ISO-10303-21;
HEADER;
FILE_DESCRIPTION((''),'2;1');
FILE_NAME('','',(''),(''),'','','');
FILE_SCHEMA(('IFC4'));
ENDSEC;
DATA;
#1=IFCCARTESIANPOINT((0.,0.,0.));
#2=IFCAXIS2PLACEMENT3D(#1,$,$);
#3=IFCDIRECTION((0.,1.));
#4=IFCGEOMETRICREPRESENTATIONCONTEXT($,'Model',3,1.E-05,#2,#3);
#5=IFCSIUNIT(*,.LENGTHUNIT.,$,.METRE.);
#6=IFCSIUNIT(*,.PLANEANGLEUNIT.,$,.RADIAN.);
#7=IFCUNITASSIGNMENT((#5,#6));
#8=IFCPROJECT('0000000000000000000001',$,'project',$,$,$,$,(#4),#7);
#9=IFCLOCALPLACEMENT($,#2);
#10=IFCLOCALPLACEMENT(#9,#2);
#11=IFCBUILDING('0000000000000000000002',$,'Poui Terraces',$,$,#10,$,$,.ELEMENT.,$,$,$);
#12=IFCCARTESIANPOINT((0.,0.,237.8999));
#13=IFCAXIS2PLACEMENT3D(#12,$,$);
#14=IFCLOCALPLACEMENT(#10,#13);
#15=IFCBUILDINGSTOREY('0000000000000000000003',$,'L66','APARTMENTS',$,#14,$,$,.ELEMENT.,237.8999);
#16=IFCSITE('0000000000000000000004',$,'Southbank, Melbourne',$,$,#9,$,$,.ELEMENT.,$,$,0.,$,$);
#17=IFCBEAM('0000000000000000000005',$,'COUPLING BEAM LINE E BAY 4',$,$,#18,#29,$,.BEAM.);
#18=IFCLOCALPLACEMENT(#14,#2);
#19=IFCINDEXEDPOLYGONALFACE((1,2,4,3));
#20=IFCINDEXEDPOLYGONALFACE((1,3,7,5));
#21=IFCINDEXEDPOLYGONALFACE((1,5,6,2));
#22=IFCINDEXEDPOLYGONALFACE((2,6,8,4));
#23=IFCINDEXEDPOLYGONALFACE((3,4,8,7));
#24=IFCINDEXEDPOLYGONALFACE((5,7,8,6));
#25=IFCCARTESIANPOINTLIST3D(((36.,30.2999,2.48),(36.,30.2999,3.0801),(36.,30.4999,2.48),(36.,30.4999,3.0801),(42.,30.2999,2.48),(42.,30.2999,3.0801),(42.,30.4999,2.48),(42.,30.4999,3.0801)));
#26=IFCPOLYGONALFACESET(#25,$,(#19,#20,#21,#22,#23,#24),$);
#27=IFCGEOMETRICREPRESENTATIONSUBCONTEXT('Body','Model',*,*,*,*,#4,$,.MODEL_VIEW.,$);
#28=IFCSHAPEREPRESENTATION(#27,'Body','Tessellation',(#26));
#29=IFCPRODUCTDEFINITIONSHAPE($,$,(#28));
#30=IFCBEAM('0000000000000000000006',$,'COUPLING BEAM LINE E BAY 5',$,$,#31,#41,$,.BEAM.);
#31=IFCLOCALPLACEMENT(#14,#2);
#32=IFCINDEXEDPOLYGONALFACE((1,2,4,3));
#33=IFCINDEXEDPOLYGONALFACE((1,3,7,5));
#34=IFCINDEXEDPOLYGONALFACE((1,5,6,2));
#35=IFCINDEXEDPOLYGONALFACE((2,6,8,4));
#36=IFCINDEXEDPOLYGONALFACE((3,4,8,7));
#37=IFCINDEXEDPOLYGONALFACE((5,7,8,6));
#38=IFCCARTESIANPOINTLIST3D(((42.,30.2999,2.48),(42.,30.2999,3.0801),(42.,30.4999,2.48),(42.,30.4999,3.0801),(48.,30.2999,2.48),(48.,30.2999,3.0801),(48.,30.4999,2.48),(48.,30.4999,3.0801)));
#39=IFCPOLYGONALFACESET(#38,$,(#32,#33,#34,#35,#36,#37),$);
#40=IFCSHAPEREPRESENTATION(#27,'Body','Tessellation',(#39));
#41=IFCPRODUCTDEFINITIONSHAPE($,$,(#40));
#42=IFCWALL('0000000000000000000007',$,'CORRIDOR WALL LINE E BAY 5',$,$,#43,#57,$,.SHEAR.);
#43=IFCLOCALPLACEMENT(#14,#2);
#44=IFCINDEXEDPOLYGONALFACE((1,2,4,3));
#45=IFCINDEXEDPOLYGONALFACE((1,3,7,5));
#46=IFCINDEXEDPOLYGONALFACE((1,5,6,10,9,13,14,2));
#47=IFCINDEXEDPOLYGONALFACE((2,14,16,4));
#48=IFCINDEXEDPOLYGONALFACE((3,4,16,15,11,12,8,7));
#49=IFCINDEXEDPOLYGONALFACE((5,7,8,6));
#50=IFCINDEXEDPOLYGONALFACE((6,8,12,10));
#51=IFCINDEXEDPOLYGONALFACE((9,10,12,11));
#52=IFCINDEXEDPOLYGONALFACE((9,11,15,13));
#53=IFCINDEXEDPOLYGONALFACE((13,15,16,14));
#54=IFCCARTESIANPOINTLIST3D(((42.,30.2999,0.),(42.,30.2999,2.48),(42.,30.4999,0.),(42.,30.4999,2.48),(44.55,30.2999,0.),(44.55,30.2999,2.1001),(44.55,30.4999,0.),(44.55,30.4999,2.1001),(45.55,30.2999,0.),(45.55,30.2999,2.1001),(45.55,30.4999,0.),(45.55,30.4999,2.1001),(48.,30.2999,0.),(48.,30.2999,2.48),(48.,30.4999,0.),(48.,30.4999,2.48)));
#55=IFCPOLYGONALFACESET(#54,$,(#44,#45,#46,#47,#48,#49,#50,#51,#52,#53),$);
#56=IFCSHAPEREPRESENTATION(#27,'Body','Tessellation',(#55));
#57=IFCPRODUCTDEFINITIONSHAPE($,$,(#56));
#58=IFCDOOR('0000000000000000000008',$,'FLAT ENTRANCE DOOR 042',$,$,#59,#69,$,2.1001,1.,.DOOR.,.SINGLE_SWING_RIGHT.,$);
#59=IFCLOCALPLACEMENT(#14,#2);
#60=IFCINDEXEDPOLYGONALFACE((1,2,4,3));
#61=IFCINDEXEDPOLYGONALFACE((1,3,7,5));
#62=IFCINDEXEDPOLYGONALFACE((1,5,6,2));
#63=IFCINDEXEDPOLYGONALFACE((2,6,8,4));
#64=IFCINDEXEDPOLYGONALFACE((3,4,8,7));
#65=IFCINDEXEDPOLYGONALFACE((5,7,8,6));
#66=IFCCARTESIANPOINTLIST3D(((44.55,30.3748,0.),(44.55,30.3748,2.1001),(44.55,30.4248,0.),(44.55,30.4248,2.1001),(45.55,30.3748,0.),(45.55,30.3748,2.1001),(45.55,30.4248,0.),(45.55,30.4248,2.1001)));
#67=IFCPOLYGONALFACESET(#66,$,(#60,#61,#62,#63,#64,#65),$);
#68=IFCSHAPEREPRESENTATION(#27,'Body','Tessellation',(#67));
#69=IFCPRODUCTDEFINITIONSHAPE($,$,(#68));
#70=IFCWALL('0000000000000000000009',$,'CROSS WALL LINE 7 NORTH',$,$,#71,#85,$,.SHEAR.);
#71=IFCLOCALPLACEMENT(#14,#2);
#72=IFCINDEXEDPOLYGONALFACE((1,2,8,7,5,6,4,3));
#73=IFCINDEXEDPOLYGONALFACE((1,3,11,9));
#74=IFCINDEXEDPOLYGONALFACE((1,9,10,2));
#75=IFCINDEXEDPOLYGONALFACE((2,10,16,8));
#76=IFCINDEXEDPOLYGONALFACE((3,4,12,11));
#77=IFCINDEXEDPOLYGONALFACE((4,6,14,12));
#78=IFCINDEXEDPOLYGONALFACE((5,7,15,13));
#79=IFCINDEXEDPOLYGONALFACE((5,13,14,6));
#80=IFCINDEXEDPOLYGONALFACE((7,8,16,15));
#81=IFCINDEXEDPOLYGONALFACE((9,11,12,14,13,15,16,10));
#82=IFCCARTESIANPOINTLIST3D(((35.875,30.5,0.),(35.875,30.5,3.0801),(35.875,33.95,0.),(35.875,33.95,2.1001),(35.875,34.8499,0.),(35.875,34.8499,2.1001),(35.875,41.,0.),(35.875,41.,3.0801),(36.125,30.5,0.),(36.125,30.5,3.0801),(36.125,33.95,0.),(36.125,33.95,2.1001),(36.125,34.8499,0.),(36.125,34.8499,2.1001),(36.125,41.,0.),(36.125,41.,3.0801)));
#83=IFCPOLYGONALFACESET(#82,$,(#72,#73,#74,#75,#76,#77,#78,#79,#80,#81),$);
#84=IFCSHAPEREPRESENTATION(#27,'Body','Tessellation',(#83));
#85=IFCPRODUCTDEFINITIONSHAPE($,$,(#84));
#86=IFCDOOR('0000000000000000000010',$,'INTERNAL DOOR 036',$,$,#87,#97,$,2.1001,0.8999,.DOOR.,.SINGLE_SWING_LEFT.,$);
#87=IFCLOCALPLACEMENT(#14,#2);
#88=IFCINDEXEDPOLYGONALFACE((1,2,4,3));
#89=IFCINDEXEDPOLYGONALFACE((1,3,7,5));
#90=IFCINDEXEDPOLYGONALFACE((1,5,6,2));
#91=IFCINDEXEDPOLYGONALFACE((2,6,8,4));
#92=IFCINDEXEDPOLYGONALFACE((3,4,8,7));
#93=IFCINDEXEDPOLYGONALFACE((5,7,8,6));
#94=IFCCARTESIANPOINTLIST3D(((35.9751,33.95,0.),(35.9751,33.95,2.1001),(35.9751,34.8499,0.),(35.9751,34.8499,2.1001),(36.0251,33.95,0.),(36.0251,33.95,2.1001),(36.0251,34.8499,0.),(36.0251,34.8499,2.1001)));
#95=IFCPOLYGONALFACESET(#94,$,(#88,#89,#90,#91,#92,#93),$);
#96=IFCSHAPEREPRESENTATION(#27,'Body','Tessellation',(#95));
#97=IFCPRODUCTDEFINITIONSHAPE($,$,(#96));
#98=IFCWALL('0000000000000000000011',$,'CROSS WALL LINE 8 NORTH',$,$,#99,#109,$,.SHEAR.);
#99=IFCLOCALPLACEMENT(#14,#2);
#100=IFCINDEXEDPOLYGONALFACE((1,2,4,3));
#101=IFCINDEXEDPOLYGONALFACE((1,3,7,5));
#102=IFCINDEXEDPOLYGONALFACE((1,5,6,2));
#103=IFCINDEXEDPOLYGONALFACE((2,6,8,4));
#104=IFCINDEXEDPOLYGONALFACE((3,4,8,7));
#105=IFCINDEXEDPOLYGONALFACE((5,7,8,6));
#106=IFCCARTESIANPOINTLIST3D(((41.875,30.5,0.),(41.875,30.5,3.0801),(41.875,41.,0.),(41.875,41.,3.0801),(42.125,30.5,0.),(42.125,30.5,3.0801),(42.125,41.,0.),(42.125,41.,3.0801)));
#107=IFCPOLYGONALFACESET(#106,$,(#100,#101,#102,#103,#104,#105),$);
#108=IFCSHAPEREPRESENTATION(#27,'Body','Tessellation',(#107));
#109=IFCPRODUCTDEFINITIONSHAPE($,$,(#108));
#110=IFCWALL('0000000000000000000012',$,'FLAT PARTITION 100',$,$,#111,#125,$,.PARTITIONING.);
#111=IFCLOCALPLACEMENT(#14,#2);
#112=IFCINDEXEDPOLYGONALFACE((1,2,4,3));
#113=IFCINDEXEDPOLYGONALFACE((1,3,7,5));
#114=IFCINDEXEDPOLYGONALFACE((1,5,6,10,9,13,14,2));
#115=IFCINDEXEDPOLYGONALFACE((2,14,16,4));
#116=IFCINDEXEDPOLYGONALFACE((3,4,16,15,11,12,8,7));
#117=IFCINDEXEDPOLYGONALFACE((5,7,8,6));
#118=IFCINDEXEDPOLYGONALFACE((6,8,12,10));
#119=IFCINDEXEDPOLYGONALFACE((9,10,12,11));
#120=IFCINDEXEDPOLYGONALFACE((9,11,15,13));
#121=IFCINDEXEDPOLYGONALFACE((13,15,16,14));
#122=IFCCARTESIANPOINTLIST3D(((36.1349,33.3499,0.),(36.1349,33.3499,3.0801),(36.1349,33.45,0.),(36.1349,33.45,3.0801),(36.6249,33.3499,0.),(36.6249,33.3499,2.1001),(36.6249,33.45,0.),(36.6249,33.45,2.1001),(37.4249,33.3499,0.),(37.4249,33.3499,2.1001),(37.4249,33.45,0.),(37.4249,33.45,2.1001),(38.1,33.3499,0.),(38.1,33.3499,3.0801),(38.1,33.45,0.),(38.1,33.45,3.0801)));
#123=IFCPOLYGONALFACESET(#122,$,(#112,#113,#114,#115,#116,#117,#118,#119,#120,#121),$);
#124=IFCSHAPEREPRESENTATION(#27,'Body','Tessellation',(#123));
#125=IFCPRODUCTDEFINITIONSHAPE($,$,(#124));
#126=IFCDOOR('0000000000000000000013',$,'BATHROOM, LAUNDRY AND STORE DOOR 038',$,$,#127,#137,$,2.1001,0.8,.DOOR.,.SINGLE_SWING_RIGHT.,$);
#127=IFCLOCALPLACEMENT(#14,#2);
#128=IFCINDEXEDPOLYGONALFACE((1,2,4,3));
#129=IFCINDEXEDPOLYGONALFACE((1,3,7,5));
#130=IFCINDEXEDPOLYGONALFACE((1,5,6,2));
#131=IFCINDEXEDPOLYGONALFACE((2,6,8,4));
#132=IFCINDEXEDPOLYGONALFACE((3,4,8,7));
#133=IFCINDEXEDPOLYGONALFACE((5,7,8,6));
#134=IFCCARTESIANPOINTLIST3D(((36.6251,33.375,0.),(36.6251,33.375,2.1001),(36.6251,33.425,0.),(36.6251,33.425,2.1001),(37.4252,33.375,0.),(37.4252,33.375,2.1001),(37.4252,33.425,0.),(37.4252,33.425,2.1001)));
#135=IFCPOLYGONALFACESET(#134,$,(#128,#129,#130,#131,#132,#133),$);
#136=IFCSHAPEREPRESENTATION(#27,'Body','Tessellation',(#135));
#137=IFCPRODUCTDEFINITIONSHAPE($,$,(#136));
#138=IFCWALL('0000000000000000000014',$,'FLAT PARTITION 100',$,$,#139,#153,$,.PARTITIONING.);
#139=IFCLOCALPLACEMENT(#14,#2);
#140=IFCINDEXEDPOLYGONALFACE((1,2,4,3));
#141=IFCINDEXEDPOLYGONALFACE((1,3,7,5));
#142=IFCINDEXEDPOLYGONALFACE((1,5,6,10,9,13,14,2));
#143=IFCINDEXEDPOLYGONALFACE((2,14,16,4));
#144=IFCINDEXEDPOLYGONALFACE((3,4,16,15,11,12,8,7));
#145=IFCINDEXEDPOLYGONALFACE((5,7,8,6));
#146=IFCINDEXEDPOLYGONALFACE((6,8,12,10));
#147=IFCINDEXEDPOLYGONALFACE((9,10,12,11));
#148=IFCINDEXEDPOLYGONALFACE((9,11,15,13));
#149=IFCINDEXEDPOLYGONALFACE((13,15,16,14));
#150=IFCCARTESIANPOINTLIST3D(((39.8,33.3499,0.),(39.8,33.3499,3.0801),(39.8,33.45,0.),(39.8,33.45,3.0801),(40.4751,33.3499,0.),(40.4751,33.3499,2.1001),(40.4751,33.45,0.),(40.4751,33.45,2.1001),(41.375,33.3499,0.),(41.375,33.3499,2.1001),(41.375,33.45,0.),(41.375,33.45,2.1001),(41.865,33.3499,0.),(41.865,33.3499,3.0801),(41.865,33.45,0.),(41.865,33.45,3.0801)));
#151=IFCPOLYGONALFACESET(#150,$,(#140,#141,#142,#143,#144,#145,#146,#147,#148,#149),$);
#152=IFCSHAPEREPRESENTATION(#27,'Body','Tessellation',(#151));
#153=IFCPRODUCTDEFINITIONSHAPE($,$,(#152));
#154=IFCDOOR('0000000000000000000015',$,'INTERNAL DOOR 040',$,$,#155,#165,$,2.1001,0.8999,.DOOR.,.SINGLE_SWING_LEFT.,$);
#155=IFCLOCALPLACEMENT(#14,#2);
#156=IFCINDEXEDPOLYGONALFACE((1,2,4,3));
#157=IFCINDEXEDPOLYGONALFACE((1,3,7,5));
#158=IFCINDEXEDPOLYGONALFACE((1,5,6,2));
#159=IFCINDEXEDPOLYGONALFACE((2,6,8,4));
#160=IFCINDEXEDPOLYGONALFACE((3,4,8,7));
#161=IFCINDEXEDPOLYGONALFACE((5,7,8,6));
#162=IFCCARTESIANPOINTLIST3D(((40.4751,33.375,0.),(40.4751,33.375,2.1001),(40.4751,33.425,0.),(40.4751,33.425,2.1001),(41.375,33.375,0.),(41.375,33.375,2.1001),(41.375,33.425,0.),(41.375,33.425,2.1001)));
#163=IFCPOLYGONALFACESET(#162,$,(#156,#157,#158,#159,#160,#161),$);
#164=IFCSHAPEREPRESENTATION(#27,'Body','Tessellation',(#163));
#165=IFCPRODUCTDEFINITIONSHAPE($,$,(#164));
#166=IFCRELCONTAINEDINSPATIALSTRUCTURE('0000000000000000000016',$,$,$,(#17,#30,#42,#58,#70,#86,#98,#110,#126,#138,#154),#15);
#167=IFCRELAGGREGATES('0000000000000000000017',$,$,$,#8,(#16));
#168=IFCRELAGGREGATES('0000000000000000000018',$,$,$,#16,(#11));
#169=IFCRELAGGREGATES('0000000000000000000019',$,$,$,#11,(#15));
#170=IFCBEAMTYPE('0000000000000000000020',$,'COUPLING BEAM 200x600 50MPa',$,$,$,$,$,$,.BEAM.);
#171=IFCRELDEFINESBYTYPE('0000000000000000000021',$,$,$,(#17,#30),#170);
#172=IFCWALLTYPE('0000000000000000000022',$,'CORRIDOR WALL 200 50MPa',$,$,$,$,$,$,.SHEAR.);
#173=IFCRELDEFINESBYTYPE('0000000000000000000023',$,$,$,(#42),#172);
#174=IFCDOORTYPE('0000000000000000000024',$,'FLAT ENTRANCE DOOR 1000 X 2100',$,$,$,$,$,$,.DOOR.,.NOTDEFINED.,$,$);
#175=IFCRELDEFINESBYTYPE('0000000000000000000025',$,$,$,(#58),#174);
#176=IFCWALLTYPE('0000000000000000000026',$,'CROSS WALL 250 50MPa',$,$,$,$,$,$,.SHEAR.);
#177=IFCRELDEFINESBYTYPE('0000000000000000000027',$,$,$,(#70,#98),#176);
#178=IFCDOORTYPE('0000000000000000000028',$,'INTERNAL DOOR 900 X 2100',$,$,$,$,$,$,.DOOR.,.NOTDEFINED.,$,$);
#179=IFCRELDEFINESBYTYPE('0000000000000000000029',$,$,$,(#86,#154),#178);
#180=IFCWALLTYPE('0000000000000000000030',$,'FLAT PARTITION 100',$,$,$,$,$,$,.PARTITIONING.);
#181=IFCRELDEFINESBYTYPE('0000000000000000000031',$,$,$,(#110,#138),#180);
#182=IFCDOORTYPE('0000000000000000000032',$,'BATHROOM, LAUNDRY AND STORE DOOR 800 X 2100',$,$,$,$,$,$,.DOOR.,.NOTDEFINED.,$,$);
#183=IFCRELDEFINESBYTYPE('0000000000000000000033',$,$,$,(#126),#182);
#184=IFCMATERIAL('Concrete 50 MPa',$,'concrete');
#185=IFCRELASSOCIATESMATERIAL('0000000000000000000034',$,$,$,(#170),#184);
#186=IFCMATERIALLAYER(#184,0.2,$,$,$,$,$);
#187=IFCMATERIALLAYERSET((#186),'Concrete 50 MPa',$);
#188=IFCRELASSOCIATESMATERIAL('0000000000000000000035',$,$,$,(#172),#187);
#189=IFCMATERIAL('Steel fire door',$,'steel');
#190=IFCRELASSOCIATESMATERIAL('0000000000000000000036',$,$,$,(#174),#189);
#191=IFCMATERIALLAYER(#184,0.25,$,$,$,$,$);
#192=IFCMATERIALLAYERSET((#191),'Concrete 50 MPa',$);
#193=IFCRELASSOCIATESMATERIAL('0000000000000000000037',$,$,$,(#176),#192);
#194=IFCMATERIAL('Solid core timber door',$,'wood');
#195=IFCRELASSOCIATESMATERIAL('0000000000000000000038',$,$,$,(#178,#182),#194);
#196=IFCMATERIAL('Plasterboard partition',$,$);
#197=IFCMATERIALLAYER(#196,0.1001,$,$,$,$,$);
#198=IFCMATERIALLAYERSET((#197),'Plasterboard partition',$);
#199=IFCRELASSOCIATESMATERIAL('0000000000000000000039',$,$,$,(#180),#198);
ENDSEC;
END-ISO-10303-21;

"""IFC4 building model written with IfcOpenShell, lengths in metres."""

from ifc_helpers import new_model, si_unit, direction, frame, frame_2d, origin, origin_2d, place, context, subcontext, project, spatial, rectangle, extrude, source, transform, mapped, material, layer, layer_set, material_profile, profile_set, type_object, element, fill, save


model = new_model("IFC4")

# Units and contexts
model_context = context("Model", 3, precision=1e-05, world=origin(), true_north=direction((0.0, 1.0)))
body_context = subcontext(model_context, "Body", "Model", "MODEL_VIEW")
ifc_project = project(units=[si_unit("LENGTHUNIT", "METRE"), si_unit("PLANEANGLEUNIT", "RADIAN")], contexts=[model_context])

# Site, building, storey
site_placement = place(None, origin())
site = spatial("IfcSite", under=ifc_project, at=site_placement, Name="Southbank, Melbourne", CompositionType="ELEMENT", RefElevation=0.0)
building_placement = place(site_placement, origin())
building = spatial("IfcBuilding", under=site, at=building_placement, Name="Poui Terraces", CompositionType="ELEMENT")
storey_placement = place(building_placement, frame((0.0, 0.0, 237.8999)))
storey = spatial("IfcBuildingStorey", under=building, at=storey_placement, Name="L66", Description="APARTMENTS", CompositionType="ELEMENT", Elevation=237.8999)

# Beams
ifc_material_1 = material(Name="Concrete 50 MPa", Category="concrete")
ifc_material_profile_1 = material_profile(ifc_material_1, rectangle(XDim=0.2, YDim=0.6001, at=origin_2d()), Name="RC 200x600")
ifc_profile_set_1 = profile_set([ifc_material_profile_1], Name="Concrete 50 MPa")
beam_type = type_object("IfcBeamType", Name="COUPLING BEAM 200x600 50MPa", PredefinedType="BEAM", material=ifc_profile_set_1)
shared_shape_1 = source(origin(), body_context, "Body", "SweptSolid", [
    extrude(rectangle(XDim=0.2, YDim=0.6001, at=origin_2d()), origin(), (0.0, 0.0, 1.0), 6.0),
])
for number, where, z_axis, x_axis, name in (
    (1, (36.0, 30.3999, 2.78), (1.0, 0.0, 0.0), (0.0, 1.0, 0.0), "COUPLING BEAM LINE E BAY 4"),
    (2, (42.0, 30.3999, 2.78), (1.0, 0.0, 0.0), (0.0, 1.0, 0.0), "COUPLING BEAM LINE E BAY 5"),
):
    element("IfcBeam", number, at=place(storey_placement, frame(where, z_axis=z_axis, x_axis=x_axis)), inside=storey, type_object=beam_type, Name=name, PredefinedType="BEAM", context=body_context, shape_type="MappedRepresentation", body=[
        mapped(shared_shape_1, transform((0.0, 0.0, 0.0))),
    ])

# Walls, openings, doors
ifc_layer_1 = layer(ifc_material_1, 0.2)
ifc_layer_set_1 = layer_set([ifc_layer_1], Name="Concrete 50 MPa")
wall_type_1 = type_object("IfcWallType", Name="CORRIDOR WALL 200 50MPa", PredefinedType="SHEAR", material=ifc_layer_set_1)
wall_1_placement = place(storey_placement, frame((42.0, 30.3999, 0.0), z_axis=(0.0, 0.0, 1.0), x_axis=(1.0, 0.0, 0.0)))
wall_1 = element("IfcWall", 3, at=wall_1_placement, inside=storey, type_object=wall_type_1, Name="CORRIDOR WALL LINE E BAY 5", PredefinedType="SHEAR", context=body_context, shape_type="SweptSolid", body=[
    extrude(rectangle(XDim=6.0, YDim=0.2, at=frame_2d((3.0, 0.0))), origin(), (0.0, 0.0, 1.0), 2.48),
])
opening_1_placement = place(wall_1_placement, frame((2.55, 0.0, 0.0)))
opening_1 = element("IfcOpeningElement", 4, at=opening_1_placement, cuts=wall_1, PredefinedType="OPENING", context=body_context, shape_type="SweptSolid", body=[
    extrude(rectangle(XDim=1.0, YDim=2.1001, at=frame_2d((0.5, 1.05))), frame((0.0, 0.1099, 0.0), z_axis=(0.0, -1.0, 0.0), x_axis=(1.0, 0.0, 0.0)), (0.0, 0.0, 1.0), 0.22),
])
ifc_material_2 = material(Name="Steel fire door", Category="steel")
door_type_1 = type_object("IfcDoorType", Name="FLAT ENTRANCE DOOR 1000 X 2100", OperationType="NOTDEFINED", PredefinedType="DOOR", material=ifc_material_2)
door_1_placement = place(opening_1_placement, origin())
door_1 = element("IfcDoor", 5, at=door_1_placement, inside=storey, type_object=door_type_1, Name="FLAT ENTRANCE DOOR 042", OperationType="SINGLE_SWING_RIGHT", OverallHeight=2.1001, OverallWidth=1.0, PredefinedType="DOOR", context=body_context, shape_type="SweptSolid", body=[
    extrude(rectangle(XDim=1.0, YDim=2.1001, at=frame_2d((0.5, 1.05))), frame((0.0, 0.0249, 0.0), z_axis=(0.0, -1.0, 0.0), x_axis=(1.0, 0.0, 0.0)), (0.0, 0.0, 1.0), 0.05),
])
fill(opening_1, door_1)
ifc_layer_2 = layer(ifc_material_1, 0.25)
ifc_layer_set_2 = layer_set([ifc_layer_2], Name="Concrete 50 MPa")
wall_type_2 = type_object("IfcWallType", Name="CROSS WALL 250 50MPa", PredefinedType="SHEAR", material=ifc_layer_set_2)
wall_2_placement = place(storey_placement, frame((36.0, 30.5, 0.0), z_axis=(0.0, 0.0, 1.0), x_axis=(0.0, 1.0, 0.0)))
wall_2 = element("IfcWall", 6, at=wall_2_placement, inside=storey, type_object=wall_type_2, Name="CROSS WALL LINE 7 NORTH", PredefinedType="SHEAR", context=body_context, shape_type="SweptSolid", body=[
    extrude(rectangle(XDim=10.5, YDim=0.25, at=frame_2d((5.25, 0.0))), origin(), (0.0, 0.0, 1.0), 3.0801),
])
opening_2_placement = place(wall_2_placement, frame((3.45, 0.0, 0.0)))
opening_2 = element("IfcOpeningElement", 7, at=opening_2_placement, cuts=wall_2, PredefinedType="OPENING", context=body_context, shape_type="SweptSolid", body=[
    extrude(rectangle(XDim=0.8999, YDim=2.1001, at=frame_2d((0.45, 1.05))), frame((0.0, 0.135, 0.0), z_axis=(0.0, -1.0, 0.0), x_axis=(1.0, 0.0, 0.0)), (0.0, 0.0, 1.0), 0.27),
])
ifc_material_3 = material(Name="Solid core timber door", Category="wood")
door_type_2 = type_object("IfcDoorType", Name="INTERNAL DOOR 900 X 2100", OperationType="NOTDEFINED", PredefinedType="DOOR", material=ifc_material_3)
door_2_placement = place(opening_2_placement, origin())
door_2 = element("IfcDoor", 8, at=door_2_placement, inside=storey, type_object=door_type_2, Name="INTERNAL DOOR 036", OperationType="SINGLE_SWING_LEFT", OverallHeight=2.1001, OverallWidth=0.8999, PredefinedType="DOOR", context=body_context, shape_type="SweptSolid", body=[
    extrude(rectangle(XDim=0.8999, YDim=2.1001, at=frame_2d((0.45, 1.05))), frame((0.0, 0.0249, 0.0), z_axis=(0.0, -1.0, 0.0), x_axis=(1.0, 0.0, 0.0)), (0.0, 0.0, 1.0), 0.05),
])
fill(opening_2, door_2)

# Wall
wall_3_placement = place(storey_placement, frame((42.0, 30.5, 0.0), z_axis=(0.0, 0.0, 1.0), x_axis=(0.0, 1.0, 0.0)))
element("IfcWall", 9, at=wall_3_placement, inside=storey, type_object=wall_type_2, Name="CROSS WALL LINE 8 NORTH", PredefinedType="SHEAR", context=body_context, shape_type="SweptSolid", body=[
    extrude(rectangle(XDim=10.5, YDim=0.25, at=frame_2d((5.25, 0.0))), origin(), (0.0, 0.0, 1.0), 3.0801),
])

# Walls, openings, doors
ifc_material_4 = material(Name="Plasterboard partition")
ifc_layer_3 = layer(ifc_material_4, 0.1001)
ifc_layer_set_3 = layer_set([ifc_layer_3], Name="Plasterboard partition")
wall_type_3 = type_object("IfcWallType", Name="FLAT PARTITION 100", PredefinedType="PARTITIONING", material=ifc_layer_set_3)
wall_4_placement = place(storey_placement, frame((36.135, 33.3999, 0.0), z_axis=(0.0, 0.0, 1.0), x_axis=(1.0, 0.0, 0.0)))
wall_4 = element("IfcWall", 10, at=wall_4_placement, inside=storey, type_object=wall_type_3, Name="FLAT PARTITION 100", PredefinedType="PARTITIONING", context=body_context, shape_type="SweptSolid", body=[
    extrude(rectangle(XDim=1.9651, YDim=0.1001, at=frame_2d((0.9824, 0.0))), origin(), (0.0, 0.0, 1.0), 3.0801),
])
opening_3_placement = place(wall_4_placement, frame((0.49, 0.0, 0.0)))
opening_3 = element("IfcOpeningElement", 11, at=opening_3_placement, cuts=wall_4, PredefinedType="OPENING", context=body_context, shape_type="SweptSolid", body=[
    extrude(rectangle(XDim=0.8, YDim=2.1001, at=frame_2d((0.3999, 1.05))), frame((0.0, 0.0601, 0.0), z_axis=(0.0, -1.0, 0.0), x_axis=(1.0, 0.0, 0.0)), (0.0, 0.0, 1.0), 0.1201),
])
door_type_3 = type_object("IfcDoorType", Name="BATHROOM, LAUNDRY AND STORE DOOR 800 X 2100", OperationType="NOTDEFINED", PredefinedType="DOOR", material=ifc_material_3)
door_3_placement = place(opening_3_placement, frame((0.8, 0.0, 0.0), z_axis=(0.0, 0.0, 1.0), x_axis=(-1.0, 0.0, 0.0)))
door_3 = element("IfcDoor", 12, at=door_3_placement, inside=storey, type_object=door_type_3, Name="BATHROOM, LAUNDRY AND STORE DOOR 038", OperationType="SINGLE_SWING_RIGHT", OverallHeight=2.1001, OverallWidth=0.8, PredefinedType="DOOR", context=body_context, shape_type="SweptSolid", body=[
    extrude(rectangle(XDim=0.8, YDim=2.1001, at=frame_2d((0.3999, 1.05))), frame((0.0, 0.0249, 0.0), z_axis=(0.0, -1.0, 0.0), x_axis=(1.0, 0.0, 0.0)), (0.0, 0.0, 1.0), 0.05),
])
fill(opening_3, door_3)
wall_5_placement = place(storey_placement, frame((39.8, 33.3999, 0.0), z_axis=(0.0, 0.0, 1.0), x_axis=(1.0, 0.0, 0.0)))
wall_5 = element("IfcWall", 13, at=wall_5_placement, inside=storey, type_object=wall_type_3, Name="FLAT PARTITION 100", PredefinedType="PARTITIONING", context=body_context, shape_type="SweptSolid", body=[
    extrude(rectangle(XDim=2.0649, YDim=0.1001, at=frame_2d((1.0325, 0.0))), origin(), (0.0, 0.0, 1.0), 3.0801),
])
opening_4_placement = place(wall_5_placement, frame((0.675, 0.0, 0.0)))
opening_4 = element("IfcOpeningElement", 14, at=opening_4_placement, cuts=wall_5, PredefinedType="OPENING", context=body_context, shape_type="SweptSolid", body=[
    extrude(rectangle(XDim=0.8999, YDim=2.1001, at=frame_2d((0.45, 1.05))), frame((0.0, 0.0601, 0.0), z_axis=(0.0, -1.0, 0.0), x_axis=(1.0, 0.0, 0.0)), (0.0, 0.0, 1.0), 0.1201),
])
door_4_placement = place(opening_4_placement, frame((0.8999, 0.0, 0.0), z_axis=(0.0, 0.0, 1.0), x_axis=(-1.0, 0.0, 0.0)))
door_4 = element("IfcDoor", 15, at=door_4_placement, inside=storey, type_object=door_type_2, Name="INTERNAL DOOR 040", OperationType="SINGLE_SWING_LEFT", OverallHeight=2.1001, OverallWidth=0.8999, PredefinedType="DOOR", context=body_context, shape_type="SweptSolid", body=[
    extrude(rectangle(XDim=0.8999, YDim=2.1001, at=frame_2d((0.45, 1.05))), frame((0.0, 0.0249, 0.0), z_axis=(0.0, -1.0, 0.0), x_axis=(1.0, 0.0, 0.0)), (0.0, 0.0, 1.0), 0.05),
])
fill(opening_4, door_4)

save(model, "model.ifc")
